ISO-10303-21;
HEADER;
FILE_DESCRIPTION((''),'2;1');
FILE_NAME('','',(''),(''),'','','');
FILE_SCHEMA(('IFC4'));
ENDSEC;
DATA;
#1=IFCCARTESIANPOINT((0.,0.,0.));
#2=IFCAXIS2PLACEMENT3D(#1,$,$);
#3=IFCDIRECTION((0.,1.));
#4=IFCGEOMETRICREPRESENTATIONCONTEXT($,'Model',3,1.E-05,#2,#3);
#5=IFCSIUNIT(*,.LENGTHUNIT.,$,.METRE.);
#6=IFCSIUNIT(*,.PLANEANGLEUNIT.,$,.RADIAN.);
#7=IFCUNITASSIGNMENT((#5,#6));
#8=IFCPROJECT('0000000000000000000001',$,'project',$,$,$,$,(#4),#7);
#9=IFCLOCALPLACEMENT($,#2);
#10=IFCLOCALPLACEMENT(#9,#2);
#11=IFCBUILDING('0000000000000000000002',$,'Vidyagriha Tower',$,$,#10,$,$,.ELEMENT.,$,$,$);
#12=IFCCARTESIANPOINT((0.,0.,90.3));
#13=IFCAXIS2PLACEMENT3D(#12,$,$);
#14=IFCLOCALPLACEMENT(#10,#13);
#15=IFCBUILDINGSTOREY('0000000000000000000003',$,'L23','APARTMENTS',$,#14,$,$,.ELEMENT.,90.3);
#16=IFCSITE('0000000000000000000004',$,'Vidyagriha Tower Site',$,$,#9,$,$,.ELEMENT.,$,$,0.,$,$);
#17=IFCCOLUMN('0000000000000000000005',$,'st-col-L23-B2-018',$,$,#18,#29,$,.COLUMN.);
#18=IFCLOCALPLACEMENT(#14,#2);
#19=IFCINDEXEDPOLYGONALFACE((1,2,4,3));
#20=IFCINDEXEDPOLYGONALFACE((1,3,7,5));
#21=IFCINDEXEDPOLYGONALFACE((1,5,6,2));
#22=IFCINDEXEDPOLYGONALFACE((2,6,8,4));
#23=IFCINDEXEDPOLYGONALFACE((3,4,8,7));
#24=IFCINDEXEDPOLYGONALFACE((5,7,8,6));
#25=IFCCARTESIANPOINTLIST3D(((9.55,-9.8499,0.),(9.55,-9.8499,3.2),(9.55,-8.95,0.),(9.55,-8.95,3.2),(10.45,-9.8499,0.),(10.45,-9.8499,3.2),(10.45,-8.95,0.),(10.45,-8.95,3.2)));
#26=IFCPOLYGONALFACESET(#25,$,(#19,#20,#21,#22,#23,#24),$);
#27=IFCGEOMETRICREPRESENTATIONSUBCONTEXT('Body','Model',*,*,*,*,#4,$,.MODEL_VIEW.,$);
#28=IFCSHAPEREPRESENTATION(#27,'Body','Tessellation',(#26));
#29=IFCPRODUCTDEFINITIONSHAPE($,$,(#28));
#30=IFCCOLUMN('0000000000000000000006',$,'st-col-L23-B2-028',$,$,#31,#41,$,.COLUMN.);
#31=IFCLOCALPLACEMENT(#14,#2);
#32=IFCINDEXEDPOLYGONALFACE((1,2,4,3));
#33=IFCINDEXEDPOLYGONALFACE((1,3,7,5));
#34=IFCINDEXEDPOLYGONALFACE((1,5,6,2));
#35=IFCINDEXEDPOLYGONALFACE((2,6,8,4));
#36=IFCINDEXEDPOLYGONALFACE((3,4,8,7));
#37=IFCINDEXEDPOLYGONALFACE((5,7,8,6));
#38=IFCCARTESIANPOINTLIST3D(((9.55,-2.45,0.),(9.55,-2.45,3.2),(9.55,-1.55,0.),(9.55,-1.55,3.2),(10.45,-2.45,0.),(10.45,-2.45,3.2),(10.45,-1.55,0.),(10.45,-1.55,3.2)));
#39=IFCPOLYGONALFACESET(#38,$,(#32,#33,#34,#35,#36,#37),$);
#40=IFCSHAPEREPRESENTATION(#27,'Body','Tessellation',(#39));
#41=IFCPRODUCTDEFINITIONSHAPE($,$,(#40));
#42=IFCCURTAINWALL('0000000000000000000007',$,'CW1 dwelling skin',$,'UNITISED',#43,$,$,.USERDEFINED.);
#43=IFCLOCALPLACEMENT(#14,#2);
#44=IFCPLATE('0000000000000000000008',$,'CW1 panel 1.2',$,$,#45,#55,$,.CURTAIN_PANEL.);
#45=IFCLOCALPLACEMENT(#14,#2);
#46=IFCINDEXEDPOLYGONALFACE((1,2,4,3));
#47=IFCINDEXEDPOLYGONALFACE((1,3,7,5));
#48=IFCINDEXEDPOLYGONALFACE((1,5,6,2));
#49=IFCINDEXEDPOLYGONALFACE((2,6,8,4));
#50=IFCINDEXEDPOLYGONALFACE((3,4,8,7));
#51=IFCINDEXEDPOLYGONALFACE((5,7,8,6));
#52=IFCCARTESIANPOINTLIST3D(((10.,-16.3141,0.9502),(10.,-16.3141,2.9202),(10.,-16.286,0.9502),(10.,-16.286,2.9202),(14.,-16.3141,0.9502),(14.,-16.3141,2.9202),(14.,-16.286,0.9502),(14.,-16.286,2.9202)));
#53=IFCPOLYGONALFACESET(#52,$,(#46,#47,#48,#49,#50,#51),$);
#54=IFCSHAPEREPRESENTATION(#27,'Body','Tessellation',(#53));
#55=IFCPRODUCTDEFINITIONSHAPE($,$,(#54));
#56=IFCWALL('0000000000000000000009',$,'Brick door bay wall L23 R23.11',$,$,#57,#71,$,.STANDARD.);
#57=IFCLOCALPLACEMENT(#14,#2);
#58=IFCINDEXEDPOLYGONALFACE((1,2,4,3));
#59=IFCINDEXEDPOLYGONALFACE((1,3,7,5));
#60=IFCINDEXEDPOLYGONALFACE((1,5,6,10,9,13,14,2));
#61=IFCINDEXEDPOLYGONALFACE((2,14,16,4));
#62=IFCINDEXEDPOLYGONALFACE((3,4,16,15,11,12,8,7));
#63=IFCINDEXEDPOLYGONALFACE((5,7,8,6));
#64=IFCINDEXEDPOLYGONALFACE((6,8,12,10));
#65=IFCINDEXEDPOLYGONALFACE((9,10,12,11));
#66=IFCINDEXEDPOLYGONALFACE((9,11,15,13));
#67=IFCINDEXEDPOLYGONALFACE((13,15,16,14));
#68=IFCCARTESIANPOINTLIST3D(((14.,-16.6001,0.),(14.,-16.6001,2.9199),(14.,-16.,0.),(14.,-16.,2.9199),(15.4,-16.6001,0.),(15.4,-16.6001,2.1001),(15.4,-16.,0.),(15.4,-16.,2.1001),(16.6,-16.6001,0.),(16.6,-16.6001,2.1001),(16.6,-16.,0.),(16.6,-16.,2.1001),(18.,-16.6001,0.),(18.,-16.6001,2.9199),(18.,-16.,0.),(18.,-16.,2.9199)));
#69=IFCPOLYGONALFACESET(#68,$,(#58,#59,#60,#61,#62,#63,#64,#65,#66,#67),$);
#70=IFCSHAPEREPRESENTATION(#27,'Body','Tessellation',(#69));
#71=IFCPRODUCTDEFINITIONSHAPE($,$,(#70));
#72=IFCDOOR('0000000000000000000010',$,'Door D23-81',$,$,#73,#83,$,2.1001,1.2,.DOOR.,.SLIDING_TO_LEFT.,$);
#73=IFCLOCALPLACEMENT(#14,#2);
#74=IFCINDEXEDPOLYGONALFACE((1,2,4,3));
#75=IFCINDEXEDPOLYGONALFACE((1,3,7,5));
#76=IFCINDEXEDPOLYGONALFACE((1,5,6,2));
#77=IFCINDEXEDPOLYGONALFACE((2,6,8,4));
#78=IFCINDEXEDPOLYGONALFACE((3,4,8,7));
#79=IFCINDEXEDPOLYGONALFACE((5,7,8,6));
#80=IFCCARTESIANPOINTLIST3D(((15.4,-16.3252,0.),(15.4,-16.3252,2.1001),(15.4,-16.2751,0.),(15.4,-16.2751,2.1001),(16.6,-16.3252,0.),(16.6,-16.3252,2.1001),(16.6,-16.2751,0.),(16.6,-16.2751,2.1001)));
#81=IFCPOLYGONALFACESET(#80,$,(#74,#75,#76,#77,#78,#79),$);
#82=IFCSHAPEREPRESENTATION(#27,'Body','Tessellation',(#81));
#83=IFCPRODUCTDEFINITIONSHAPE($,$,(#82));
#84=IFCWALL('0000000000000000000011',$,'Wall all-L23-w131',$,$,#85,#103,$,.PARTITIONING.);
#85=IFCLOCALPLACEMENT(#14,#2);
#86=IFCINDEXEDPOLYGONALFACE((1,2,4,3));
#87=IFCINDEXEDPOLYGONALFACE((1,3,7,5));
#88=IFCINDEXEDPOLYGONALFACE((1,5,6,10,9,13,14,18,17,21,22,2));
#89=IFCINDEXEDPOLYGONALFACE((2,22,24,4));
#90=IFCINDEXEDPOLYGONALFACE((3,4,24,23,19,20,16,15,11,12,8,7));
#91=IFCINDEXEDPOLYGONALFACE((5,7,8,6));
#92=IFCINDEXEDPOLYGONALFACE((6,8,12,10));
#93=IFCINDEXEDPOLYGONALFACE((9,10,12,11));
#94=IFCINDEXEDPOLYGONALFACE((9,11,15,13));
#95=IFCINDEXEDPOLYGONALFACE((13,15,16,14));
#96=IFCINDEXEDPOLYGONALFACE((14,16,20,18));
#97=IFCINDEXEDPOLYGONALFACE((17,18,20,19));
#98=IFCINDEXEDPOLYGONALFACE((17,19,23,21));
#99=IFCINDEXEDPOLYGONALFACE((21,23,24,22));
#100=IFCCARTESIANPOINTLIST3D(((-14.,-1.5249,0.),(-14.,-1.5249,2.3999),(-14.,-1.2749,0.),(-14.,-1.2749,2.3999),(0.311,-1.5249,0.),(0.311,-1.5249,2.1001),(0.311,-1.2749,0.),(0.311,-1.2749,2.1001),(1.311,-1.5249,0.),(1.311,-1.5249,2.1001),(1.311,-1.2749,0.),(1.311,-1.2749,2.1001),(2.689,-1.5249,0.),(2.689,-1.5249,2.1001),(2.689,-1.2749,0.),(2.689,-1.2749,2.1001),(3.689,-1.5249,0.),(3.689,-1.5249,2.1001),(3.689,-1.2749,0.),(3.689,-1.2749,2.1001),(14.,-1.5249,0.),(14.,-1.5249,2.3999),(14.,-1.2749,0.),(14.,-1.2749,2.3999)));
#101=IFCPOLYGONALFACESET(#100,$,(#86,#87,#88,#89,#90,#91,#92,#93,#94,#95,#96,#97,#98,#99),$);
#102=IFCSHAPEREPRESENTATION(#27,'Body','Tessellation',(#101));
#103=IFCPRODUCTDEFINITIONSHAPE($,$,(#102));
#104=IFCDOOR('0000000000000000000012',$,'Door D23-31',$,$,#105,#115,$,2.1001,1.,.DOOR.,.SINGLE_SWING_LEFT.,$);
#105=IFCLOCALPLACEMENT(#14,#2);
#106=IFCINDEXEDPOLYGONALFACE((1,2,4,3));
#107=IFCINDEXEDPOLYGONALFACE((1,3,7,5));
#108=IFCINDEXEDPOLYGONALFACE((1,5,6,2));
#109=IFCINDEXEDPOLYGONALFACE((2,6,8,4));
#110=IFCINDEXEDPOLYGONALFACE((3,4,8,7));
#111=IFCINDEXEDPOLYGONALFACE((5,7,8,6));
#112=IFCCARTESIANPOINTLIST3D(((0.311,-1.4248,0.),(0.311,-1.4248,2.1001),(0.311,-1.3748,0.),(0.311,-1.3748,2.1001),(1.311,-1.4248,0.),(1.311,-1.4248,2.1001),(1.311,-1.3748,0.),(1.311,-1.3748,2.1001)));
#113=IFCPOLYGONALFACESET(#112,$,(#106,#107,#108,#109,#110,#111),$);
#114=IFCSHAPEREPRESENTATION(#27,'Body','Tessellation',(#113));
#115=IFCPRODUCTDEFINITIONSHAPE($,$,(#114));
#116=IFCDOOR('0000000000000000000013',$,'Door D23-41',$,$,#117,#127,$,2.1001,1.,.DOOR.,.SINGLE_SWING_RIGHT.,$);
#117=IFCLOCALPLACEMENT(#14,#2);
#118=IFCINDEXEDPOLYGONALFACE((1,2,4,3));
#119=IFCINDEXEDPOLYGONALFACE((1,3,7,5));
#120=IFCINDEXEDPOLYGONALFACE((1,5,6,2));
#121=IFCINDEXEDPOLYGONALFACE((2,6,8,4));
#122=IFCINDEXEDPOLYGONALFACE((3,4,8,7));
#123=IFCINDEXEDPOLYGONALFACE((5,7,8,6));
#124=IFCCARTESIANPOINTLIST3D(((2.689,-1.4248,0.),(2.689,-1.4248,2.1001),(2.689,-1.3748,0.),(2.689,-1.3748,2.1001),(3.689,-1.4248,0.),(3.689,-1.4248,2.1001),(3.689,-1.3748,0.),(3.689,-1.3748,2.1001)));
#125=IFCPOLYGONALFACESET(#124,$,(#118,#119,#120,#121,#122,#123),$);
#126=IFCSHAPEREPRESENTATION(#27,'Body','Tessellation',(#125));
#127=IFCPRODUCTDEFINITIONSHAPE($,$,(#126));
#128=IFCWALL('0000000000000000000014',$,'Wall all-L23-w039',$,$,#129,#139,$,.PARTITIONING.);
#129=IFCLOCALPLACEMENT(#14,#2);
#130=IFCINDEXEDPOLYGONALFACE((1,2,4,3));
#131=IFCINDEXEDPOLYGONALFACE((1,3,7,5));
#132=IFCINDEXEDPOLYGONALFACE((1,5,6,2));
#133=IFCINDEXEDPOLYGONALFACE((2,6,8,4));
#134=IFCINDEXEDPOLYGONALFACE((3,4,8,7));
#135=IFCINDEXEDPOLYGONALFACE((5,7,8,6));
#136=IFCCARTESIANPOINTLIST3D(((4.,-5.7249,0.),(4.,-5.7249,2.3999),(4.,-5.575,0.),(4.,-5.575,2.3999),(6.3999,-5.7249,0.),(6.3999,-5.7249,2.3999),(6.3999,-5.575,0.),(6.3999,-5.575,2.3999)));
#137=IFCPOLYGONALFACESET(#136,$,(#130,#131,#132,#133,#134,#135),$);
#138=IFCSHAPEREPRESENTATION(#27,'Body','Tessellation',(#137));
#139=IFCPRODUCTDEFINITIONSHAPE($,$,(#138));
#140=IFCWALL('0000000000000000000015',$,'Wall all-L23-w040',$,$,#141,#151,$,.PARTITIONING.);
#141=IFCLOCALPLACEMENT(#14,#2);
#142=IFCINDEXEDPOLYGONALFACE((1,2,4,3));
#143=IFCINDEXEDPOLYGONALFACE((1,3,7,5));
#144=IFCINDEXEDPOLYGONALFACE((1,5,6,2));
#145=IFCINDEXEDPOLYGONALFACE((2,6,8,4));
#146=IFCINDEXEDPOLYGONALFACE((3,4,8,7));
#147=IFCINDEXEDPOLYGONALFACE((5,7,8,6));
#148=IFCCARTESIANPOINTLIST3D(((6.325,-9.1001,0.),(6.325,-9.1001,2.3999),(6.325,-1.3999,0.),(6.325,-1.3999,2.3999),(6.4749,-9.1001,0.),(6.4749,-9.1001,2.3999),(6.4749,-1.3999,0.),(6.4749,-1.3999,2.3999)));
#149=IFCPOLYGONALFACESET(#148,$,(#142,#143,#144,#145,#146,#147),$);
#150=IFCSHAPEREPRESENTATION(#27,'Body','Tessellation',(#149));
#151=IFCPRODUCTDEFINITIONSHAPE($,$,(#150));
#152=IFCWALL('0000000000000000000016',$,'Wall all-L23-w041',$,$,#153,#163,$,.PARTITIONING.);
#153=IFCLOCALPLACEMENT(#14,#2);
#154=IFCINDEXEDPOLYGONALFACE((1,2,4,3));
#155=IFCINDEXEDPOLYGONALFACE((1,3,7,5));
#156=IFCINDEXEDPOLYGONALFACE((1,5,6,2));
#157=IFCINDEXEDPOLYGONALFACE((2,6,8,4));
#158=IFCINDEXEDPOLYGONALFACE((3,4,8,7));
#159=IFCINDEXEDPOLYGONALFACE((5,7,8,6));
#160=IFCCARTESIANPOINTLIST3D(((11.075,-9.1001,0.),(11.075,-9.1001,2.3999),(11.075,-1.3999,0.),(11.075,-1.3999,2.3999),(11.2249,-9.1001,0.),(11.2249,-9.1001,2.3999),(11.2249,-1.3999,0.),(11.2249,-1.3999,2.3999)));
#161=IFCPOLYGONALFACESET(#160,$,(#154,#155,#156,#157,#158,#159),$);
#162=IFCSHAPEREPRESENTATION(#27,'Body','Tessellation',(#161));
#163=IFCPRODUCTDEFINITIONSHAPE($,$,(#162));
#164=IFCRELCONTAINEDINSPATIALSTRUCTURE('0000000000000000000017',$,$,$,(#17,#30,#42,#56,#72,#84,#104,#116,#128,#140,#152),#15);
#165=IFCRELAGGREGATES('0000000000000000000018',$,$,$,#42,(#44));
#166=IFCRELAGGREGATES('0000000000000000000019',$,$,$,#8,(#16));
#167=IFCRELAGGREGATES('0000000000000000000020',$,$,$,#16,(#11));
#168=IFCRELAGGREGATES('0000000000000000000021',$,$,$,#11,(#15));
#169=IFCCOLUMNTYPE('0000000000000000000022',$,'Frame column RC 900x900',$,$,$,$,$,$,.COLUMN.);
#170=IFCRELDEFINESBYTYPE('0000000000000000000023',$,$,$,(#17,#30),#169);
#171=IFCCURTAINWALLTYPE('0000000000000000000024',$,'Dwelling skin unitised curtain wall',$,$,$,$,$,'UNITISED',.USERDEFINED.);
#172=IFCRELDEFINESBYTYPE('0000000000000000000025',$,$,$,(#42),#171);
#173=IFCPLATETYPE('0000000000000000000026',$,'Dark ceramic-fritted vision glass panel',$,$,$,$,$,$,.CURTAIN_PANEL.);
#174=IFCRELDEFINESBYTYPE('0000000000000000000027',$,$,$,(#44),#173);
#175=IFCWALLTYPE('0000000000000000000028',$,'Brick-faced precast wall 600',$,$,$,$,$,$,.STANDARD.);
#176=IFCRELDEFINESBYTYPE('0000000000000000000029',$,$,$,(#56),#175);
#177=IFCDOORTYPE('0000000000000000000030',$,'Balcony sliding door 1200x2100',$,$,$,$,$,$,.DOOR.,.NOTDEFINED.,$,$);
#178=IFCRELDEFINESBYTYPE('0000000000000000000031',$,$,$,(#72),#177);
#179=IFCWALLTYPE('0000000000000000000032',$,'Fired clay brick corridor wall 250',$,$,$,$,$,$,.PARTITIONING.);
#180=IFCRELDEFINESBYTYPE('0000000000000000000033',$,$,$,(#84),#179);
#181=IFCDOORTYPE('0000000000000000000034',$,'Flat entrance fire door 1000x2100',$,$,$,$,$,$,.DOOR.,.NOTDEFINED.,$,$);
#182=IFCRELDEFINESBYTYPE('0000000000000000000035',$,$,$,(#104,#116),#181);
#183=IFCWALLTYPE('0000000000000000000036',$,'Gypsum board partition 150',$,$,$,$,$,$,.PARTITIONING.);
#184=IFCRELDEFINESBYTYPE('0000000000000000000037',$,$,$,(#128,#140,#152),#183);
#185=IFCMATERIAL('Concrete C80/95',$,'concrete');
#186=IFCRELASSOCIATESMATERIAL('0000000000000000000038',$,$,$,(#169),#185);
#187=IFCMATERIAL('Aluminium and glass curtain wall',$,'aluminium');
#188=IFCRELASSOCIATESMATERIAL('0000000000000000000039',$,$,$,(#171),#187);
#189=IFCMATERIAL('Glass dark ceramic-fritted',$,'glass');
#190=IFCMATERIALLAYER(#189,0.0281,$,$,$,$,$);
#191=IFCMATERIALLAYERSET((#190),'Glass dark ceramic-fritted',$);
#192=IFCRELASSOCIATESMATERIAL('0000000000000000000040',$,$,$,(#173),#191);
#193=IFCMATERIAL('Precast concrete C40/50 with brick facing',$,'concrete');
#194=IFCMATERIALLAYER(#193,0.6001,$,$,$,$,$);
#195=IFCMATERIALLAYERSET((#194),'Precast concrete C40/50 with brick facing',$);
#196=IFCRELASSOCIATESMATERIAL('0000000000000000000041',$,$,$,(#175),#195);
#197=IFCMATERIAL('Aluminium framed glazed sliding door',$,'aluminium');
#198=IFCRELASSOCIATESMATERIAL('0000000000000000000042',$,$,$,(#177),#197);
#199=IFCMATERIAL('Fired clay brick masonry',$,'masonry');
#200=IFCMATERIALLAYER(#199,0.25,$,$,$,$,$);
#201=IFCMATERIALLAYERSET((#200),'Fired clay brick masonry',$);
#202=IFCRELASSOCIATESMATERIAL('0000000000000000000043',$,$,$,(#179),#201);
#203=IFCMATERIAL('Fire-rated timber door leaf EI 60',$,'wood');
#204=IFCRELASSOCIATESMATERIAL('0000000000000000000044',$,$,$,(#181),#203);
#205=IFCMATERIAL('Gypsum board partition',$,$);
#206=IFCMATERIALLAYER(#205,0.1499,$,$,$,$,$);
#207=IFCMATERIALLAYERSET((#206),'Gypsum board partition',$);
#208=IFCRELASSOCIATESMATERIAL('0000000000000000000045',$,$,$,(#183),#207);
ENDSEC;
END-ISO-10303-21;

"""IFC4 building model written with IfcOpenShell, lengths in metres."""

from ifc_helpers import new_model, si_unit, direction, frame, frame_2d, origin, origin_2d, place, context, subcontext, project, spatial, rectangle, extrude, material, layer, layer_set, material_profile, profile_set, type_object, element, fill, aggregate, save


model = new_model("IFC4")

# Units and contexts
model_context = context("Model", 3, precision=1e-05, world=origin(), true_north=direction((0.0, 1.0)))
body_context = subcontext(model_context, "Body", "Model", "MODEL_VIEW")
ifc_project = project(units=[si_unit("LENGTHUNIT", "METRE"), si_unit("PLANEANGLEUNIT", "RADIAN")], contexts=[model_context])

# Site, building, storey
site_placement = place(None, origin())
site = spatial("IfcSite", under=ifc_project, at=site_placement, Name="Vidyagriha Tower Site", CompositionType="ELEMENT", RefElevation=0.0)
building_placement = place(site_placement, origin())
building = spatial("IfcBuilding", under=site, at=building_placement, Name="Vidyagriha Tower", CompositionType="ELEMENT")
storey_placement = place(building_placement, frame((0.0, 0.0, 90.3)))
storey = spatial("IfcBuildingStorey", under=building, at=storey_placement, Name="L23", Description="APARTMENTS", CompositionType="ELEMENT", Elevation=90.3)

# Columns
ifc_material_1 = material(Name="Concrete C80/95", Category="concrete")
ifc_material_profile = material_profile(ifc_material_1, rectangle(XDim=0.8999, YDim=0.8999, at=origin_2d()), Name="RC 900x900")
ifc_profile_set = profile_set([ifc_material_profile], Name="Concrete C80/95")
column_type = type_object("IfcColumnType", Name="Frame column RC 900x900", PredefinedType="COLUMN", material=ifc_profile_set)
for number, where, name in (
    (1, (10.0, -9.3999, 0.0), "st-col-L23-B2-018"),
    (2, (10.0, -2.0, 0.0), "st-col-L23-B2-028"),
):
    element("IfcColumn", number, at=place(storey_placement, frame(where)), inside=storey, type_object=column_type, Name=name, PredefinedType="COLUMN", context=body_context, shape_type="SweptSolid", body=[
        extrude(rectangle(XDim=0.8999, YDim=0.8999, at=origin_2d()), origin(), (0.0, 0.0, 1.0), 3.2),
    ])

# Curtain wall, plate
ifc_material_2 = material(Name="Aluminium and glass curtain wall", Category="aluminium")
curtain_wall_type = type_object("IfcCurtainWallType", Name="Dwelling skin unitised curtain wall", ElementType="UNITISED", PredefinedType="USERDEFINED", material=ifc_material_2)
curtain_wall_placement = place(storey_placement, origin())
curtain_wall = element("IfcCurtainWall", 3, at=curtain_wall_placement, inside=storey, type_object=curtain_wall_type, Name="CW1 dwelling skin", ObjectType="UNITISED", PredefinedType="USERDEFINED")
ifc_material_3 = material(Name="Glass dark ceramic-fritted", Category="glass")
ifc_layer_1 = layer(ifc_material_3, 0.0281)
ifc_layer_set_1 = layer_set([ifc_layer_1], Name="Glass dark ceramic-fritted")
plate_type = type_object("IfcPlateType", Name="Dark ceramic-fritted vision glass panel", PredefinedType="CURTAIN_PANEL", material=ifc_layer_set_1)
plate_placement = place(storey_placement, frame((12.0, -16.3, 0.9502)))
plate = element("IfcPlate", 4, at=plate_placement, type_object=plate_type, Name="CW1 panel 1.2", PredefinedType="CURTAIN_PANEL", context=body_context, shape_type="SweptSolid", body=[
    extrude(rectangle(XDim=4.0, YDim=0.0281, at=origin_2d()), origin(), (0.0, 0.0, 1.0), 1.97),
])
aggregate(curtain_wall, [plate])

# Wall, opening, door
ifc_material_4 = material(Name="Precast concrete C40/50 with brick facing", Category="concrete")
ifc_layer_2 = layer(ifc_material_4, 0.6001)
ifc_layer_set_2 = layer_set([ifc_layer_2], Name="Precast concrete C40/50 with brick facing")
wall_type_1 = type_object("IfcWallType", Name="Brick-faced precast wall 600", PredefinedType="STANDARD", material=ifc_layer_set_2)
wall_1_placement = place(storey_placement, frame((14.0, -16.3, 0.0)))
wall_1 = element("IfcWall", 5, at=wall_1_placement, inside=storey, type_object=wall_type_1, Name="Brick door bay wall L23 R23.11", PredefinedType="STANDARD", context=body_context, shape_type="SweptSolid", body=[
    extrude(rectangle(XDim=4.0, YDim=0.6001, at=frame_2d((2.0, 0.0))), origin(), (0.0, 0.0, 1.0), 2.9199),
])
opening_1_placement = place(wall_1_placement, frame((1.3999, 0.0, 0.0)))
opening_1 = element("IfcOpeningElement", 6, at=opening_1_placement, cuts=wall_1, PredefinedType="OPENING", context=body_context, shape_type="SweptSolid", body=[
    extrude(rectangle(XDim=1.2, YDim=2.1001, at=frame_2d((0.6001, 1.05))), frame((0.0, 0.3101, 0.0), z_axis=(0.0, -1.0, 0.0), x_axis=(1.0, 0.0, 0.0)), (0.0, 0.0, 1.0), 0.6201),
])
ifc_material_5 = material(Name="Aluminium framed glazed sliding door", Category="aluminium")
door_type_1 = type_object("IfcDoorType", Name="Balcony sliding door 1200x2100", OperationType="NOTDEFINED", PredefinedType="DOOR", material=ifc_material_5)
door_1_placement = place(opening_1_placement, origin())
door_1 = element("IfcDoor", 7, at=door_1_placement, inside=storey, type_object=door_type_1, Name="Door D23-81", OperationType="SLIDING_TO_LEFT", OverallHeight=2.1001, OverallWidth=1.2, PredefinedType="DOOR", context=body_context, shape_type="SweptSolid", body=[
    extrude(rectangle(XDim=1.2, YDim=2.1001, at=frame_2d((0.6001, 1.05))), frame((0.0, 0.0249, 0.0), z_axis=(0.0, -1.0, 0.0), x_axis=(1.0, 0.0, 0.0)), (0.0, 0.0, 1.0), 0.05),
])
fill(opening_1, door_1)

# Wall, openings, doors
ifc_material_6 = material(Name="Fired clay brick masonry", Category="masonry")
ifc_layer_3 = layer(ifc_material_6, 0.25)
ifc_layer_set_3 = layer_set([ifc_layer_3], Name="Fired clay brick masonry")
wall_type_2 = type_object("IfcWallType", Name="Fired clay brick corridor wall 250", PredefinedType="PARTITIONING", material=ifc_layer_set_3)
wall_2_placement = place(storey_placement, frame((14.0, -1.3999, 0.0), z_axis=(0.0, 0.0, 1.0), x_axis=(-1.0, 0.0, 0.0)))
wall_2 = element("IfcWall", 8, at=wall_2_placement, inside=storey, type_object=wall_type_2, Name="Wall all-L23-w131", PredefinedType="PARTITIONING", context=body_context, shape_type="SweptSolid", body=[
    extrude(rectangle(XDim=28.0, YDim=0.25, at=frame_2d((14.0, 0.0))), origin(), (0.0, 0.0, 1.0), 2.3999),
])
opening_2_placement = place(wall_2_placement, frame((12.689, 0.0, 0.0)))
opening_2 = element("IfcOpeningElement", 9, at=opening_2_placement, cuts=wall_2, PredefinedType="OPENING", context=body_context, shape_type="SweptSolid", body=[
    extrude(rectangle(XDim=1.0, YDim=2.1001, at=frame_2d((0.5, 1.05))), frame((0.0, 0.135, 0.0), z_axis=(0.0, -1.0, 0.0), x_axis=(1.0, 0.0, 0.0)), (0.0, 0.0, 1.0), 0.27),
])
opening_3_placement = place(wall_2_placement, frame((10.311, 0.0, 0.0)))
opening_3 = element("IfcOpeningElement", 10, at=opening_3_placement, cuts=wall_2, PredefinedType="OPENING", context=body_context, shape_type="SweptSolid", body=[
    extrude(rectangle(XDim=1.0, YDim=2.1001, at=frame_2d((0.5, 1.05))), frame((0.0, 0.135, 0.0), z_axis=(0.0, -1.0, 0.0), x_axis=(1.0, 0.0, 0.0)), (0.0, 0.0, 1.0), 0.27),
])
ifc_material_7 = material(Name="Fire-rated timber door leaf EI 60", Category="wood")
door_type_2 = type_object("IfcDoorType", Name="Flat entrance fire door 1000x2100", OperationType="NOTDEFINED", PredefinedType="DOOR", material=ifc_material_7)
door_2_placement = place(opening_2_placement, origin())
door_2 = element("IfcDoor", 11, at=door_2_placement, inside=storey, type_object=door_type_2, Name="Door D23-31", OperationType="SINGLE_SWING_LEFT", OverallHeight=2.1001, OverallWidth=1.0, PredefinedType="DOOR", context=body_context, shape_type="SweptSolid", body=[
    extrude(rectangle(XDim=1.0, YDim=2.1001, at=frame_2d((0.5, 1.05))), frame((0.0, 0.0249, 0.0), z_axis=(0.0, -1.0, 0.0), x_axis=(1.0, 0.0, 0.0)), (0.0, 0.0, 1.0), 0.05),
])
fill(opening_2, door_2)
door_3_placement = place(opening_3_placement, origin())
door_3 = element("IfcDoor", 12, at=door_3_placement, inside=storey, type_object=door_type_2, Name="Door D23-41", OperationType="SINGLE_SWING_RIGHT", OverallHeight=2.1001, OverallWidth=1.0, PredefinedType="DOOR", context=body_context, shape_type="SweptSolid", body=[
    extrude(rectangle(XDim=1.0, YDim=2.1001, at=frame_2d((0.5, 1.05))), frame((0.0, 0.0249, 0.0), z_axis=(0.0, -1.0, 0.0), x_axis=(1.0, 0.0, 0.0)), (0.0, 0.0, 1.0), 0.05),
])
fill(opening_3, door_3)

# Walls
ifc_material_8 = material(Name="Gypsum board partition")
ifc_layer_4 = layer(ifc_material_8, 0.1499)
ifc_layer_set_4 = layer_set([ifc_layer_4], Name="Gypsum board partition")
wall_type_3 = type_object("IfcWallType", Name="Gypsum board partition 150", PredefinedType="PARTITIONING", material=ifc_layer_set_4)
wall_3_placement = place(storey_placement, frame((6.3999, -5.6499, 0.0), z_axis=(0.0, 0.0, 1.0), x_axis=(-1.0, 0.0, 0.0)))
element("IfcWall", 13, at=wall_3_placement, inside=storey, type_object=wall_type_3, Name="Wall all-L23-w039", PredefinedType="PARTITIONING", context=body_context, shape_type="SweptSolid", body=[
    extrude(rectangle(XDim=2.3999, YDim=0.1499, at=frame_2d((1.2, 0.0))), origin(), (0.0, 0.0, 1.0), 2.3999),
])
for number, where, z_axis, x_axis, name in (
    (14, (6.3999, -1.3999, 0.0), (0.0, 0.0, 1.0), (0.0, -1.0, 0.0), "Wall all-L23-w040"),
    (15, (11.1499, -1.3999, 0.0), (0.0, 0.0, 1.0), (0.0, -1.0, 0.0), "Wall all-L23-w041"),
):
    element("IfcWall", number, at=place(storey_placement, frame(where, z_axis=z_axis, x_axis=x_axis)), inside=storey, type_object=wall_type_3, Name=name, PredefinedType="PARTITIONING", context=body_context, shape_type="SweptSolid", body=[
        extrude(rectangle(XDim=7.7002, YDim=0.1499, at=frame_2d((3.8501, 0.0))), origin(), (0.0, 0.0, 1.0), 2.3999),
    ])

save(model, "model.ifc")
